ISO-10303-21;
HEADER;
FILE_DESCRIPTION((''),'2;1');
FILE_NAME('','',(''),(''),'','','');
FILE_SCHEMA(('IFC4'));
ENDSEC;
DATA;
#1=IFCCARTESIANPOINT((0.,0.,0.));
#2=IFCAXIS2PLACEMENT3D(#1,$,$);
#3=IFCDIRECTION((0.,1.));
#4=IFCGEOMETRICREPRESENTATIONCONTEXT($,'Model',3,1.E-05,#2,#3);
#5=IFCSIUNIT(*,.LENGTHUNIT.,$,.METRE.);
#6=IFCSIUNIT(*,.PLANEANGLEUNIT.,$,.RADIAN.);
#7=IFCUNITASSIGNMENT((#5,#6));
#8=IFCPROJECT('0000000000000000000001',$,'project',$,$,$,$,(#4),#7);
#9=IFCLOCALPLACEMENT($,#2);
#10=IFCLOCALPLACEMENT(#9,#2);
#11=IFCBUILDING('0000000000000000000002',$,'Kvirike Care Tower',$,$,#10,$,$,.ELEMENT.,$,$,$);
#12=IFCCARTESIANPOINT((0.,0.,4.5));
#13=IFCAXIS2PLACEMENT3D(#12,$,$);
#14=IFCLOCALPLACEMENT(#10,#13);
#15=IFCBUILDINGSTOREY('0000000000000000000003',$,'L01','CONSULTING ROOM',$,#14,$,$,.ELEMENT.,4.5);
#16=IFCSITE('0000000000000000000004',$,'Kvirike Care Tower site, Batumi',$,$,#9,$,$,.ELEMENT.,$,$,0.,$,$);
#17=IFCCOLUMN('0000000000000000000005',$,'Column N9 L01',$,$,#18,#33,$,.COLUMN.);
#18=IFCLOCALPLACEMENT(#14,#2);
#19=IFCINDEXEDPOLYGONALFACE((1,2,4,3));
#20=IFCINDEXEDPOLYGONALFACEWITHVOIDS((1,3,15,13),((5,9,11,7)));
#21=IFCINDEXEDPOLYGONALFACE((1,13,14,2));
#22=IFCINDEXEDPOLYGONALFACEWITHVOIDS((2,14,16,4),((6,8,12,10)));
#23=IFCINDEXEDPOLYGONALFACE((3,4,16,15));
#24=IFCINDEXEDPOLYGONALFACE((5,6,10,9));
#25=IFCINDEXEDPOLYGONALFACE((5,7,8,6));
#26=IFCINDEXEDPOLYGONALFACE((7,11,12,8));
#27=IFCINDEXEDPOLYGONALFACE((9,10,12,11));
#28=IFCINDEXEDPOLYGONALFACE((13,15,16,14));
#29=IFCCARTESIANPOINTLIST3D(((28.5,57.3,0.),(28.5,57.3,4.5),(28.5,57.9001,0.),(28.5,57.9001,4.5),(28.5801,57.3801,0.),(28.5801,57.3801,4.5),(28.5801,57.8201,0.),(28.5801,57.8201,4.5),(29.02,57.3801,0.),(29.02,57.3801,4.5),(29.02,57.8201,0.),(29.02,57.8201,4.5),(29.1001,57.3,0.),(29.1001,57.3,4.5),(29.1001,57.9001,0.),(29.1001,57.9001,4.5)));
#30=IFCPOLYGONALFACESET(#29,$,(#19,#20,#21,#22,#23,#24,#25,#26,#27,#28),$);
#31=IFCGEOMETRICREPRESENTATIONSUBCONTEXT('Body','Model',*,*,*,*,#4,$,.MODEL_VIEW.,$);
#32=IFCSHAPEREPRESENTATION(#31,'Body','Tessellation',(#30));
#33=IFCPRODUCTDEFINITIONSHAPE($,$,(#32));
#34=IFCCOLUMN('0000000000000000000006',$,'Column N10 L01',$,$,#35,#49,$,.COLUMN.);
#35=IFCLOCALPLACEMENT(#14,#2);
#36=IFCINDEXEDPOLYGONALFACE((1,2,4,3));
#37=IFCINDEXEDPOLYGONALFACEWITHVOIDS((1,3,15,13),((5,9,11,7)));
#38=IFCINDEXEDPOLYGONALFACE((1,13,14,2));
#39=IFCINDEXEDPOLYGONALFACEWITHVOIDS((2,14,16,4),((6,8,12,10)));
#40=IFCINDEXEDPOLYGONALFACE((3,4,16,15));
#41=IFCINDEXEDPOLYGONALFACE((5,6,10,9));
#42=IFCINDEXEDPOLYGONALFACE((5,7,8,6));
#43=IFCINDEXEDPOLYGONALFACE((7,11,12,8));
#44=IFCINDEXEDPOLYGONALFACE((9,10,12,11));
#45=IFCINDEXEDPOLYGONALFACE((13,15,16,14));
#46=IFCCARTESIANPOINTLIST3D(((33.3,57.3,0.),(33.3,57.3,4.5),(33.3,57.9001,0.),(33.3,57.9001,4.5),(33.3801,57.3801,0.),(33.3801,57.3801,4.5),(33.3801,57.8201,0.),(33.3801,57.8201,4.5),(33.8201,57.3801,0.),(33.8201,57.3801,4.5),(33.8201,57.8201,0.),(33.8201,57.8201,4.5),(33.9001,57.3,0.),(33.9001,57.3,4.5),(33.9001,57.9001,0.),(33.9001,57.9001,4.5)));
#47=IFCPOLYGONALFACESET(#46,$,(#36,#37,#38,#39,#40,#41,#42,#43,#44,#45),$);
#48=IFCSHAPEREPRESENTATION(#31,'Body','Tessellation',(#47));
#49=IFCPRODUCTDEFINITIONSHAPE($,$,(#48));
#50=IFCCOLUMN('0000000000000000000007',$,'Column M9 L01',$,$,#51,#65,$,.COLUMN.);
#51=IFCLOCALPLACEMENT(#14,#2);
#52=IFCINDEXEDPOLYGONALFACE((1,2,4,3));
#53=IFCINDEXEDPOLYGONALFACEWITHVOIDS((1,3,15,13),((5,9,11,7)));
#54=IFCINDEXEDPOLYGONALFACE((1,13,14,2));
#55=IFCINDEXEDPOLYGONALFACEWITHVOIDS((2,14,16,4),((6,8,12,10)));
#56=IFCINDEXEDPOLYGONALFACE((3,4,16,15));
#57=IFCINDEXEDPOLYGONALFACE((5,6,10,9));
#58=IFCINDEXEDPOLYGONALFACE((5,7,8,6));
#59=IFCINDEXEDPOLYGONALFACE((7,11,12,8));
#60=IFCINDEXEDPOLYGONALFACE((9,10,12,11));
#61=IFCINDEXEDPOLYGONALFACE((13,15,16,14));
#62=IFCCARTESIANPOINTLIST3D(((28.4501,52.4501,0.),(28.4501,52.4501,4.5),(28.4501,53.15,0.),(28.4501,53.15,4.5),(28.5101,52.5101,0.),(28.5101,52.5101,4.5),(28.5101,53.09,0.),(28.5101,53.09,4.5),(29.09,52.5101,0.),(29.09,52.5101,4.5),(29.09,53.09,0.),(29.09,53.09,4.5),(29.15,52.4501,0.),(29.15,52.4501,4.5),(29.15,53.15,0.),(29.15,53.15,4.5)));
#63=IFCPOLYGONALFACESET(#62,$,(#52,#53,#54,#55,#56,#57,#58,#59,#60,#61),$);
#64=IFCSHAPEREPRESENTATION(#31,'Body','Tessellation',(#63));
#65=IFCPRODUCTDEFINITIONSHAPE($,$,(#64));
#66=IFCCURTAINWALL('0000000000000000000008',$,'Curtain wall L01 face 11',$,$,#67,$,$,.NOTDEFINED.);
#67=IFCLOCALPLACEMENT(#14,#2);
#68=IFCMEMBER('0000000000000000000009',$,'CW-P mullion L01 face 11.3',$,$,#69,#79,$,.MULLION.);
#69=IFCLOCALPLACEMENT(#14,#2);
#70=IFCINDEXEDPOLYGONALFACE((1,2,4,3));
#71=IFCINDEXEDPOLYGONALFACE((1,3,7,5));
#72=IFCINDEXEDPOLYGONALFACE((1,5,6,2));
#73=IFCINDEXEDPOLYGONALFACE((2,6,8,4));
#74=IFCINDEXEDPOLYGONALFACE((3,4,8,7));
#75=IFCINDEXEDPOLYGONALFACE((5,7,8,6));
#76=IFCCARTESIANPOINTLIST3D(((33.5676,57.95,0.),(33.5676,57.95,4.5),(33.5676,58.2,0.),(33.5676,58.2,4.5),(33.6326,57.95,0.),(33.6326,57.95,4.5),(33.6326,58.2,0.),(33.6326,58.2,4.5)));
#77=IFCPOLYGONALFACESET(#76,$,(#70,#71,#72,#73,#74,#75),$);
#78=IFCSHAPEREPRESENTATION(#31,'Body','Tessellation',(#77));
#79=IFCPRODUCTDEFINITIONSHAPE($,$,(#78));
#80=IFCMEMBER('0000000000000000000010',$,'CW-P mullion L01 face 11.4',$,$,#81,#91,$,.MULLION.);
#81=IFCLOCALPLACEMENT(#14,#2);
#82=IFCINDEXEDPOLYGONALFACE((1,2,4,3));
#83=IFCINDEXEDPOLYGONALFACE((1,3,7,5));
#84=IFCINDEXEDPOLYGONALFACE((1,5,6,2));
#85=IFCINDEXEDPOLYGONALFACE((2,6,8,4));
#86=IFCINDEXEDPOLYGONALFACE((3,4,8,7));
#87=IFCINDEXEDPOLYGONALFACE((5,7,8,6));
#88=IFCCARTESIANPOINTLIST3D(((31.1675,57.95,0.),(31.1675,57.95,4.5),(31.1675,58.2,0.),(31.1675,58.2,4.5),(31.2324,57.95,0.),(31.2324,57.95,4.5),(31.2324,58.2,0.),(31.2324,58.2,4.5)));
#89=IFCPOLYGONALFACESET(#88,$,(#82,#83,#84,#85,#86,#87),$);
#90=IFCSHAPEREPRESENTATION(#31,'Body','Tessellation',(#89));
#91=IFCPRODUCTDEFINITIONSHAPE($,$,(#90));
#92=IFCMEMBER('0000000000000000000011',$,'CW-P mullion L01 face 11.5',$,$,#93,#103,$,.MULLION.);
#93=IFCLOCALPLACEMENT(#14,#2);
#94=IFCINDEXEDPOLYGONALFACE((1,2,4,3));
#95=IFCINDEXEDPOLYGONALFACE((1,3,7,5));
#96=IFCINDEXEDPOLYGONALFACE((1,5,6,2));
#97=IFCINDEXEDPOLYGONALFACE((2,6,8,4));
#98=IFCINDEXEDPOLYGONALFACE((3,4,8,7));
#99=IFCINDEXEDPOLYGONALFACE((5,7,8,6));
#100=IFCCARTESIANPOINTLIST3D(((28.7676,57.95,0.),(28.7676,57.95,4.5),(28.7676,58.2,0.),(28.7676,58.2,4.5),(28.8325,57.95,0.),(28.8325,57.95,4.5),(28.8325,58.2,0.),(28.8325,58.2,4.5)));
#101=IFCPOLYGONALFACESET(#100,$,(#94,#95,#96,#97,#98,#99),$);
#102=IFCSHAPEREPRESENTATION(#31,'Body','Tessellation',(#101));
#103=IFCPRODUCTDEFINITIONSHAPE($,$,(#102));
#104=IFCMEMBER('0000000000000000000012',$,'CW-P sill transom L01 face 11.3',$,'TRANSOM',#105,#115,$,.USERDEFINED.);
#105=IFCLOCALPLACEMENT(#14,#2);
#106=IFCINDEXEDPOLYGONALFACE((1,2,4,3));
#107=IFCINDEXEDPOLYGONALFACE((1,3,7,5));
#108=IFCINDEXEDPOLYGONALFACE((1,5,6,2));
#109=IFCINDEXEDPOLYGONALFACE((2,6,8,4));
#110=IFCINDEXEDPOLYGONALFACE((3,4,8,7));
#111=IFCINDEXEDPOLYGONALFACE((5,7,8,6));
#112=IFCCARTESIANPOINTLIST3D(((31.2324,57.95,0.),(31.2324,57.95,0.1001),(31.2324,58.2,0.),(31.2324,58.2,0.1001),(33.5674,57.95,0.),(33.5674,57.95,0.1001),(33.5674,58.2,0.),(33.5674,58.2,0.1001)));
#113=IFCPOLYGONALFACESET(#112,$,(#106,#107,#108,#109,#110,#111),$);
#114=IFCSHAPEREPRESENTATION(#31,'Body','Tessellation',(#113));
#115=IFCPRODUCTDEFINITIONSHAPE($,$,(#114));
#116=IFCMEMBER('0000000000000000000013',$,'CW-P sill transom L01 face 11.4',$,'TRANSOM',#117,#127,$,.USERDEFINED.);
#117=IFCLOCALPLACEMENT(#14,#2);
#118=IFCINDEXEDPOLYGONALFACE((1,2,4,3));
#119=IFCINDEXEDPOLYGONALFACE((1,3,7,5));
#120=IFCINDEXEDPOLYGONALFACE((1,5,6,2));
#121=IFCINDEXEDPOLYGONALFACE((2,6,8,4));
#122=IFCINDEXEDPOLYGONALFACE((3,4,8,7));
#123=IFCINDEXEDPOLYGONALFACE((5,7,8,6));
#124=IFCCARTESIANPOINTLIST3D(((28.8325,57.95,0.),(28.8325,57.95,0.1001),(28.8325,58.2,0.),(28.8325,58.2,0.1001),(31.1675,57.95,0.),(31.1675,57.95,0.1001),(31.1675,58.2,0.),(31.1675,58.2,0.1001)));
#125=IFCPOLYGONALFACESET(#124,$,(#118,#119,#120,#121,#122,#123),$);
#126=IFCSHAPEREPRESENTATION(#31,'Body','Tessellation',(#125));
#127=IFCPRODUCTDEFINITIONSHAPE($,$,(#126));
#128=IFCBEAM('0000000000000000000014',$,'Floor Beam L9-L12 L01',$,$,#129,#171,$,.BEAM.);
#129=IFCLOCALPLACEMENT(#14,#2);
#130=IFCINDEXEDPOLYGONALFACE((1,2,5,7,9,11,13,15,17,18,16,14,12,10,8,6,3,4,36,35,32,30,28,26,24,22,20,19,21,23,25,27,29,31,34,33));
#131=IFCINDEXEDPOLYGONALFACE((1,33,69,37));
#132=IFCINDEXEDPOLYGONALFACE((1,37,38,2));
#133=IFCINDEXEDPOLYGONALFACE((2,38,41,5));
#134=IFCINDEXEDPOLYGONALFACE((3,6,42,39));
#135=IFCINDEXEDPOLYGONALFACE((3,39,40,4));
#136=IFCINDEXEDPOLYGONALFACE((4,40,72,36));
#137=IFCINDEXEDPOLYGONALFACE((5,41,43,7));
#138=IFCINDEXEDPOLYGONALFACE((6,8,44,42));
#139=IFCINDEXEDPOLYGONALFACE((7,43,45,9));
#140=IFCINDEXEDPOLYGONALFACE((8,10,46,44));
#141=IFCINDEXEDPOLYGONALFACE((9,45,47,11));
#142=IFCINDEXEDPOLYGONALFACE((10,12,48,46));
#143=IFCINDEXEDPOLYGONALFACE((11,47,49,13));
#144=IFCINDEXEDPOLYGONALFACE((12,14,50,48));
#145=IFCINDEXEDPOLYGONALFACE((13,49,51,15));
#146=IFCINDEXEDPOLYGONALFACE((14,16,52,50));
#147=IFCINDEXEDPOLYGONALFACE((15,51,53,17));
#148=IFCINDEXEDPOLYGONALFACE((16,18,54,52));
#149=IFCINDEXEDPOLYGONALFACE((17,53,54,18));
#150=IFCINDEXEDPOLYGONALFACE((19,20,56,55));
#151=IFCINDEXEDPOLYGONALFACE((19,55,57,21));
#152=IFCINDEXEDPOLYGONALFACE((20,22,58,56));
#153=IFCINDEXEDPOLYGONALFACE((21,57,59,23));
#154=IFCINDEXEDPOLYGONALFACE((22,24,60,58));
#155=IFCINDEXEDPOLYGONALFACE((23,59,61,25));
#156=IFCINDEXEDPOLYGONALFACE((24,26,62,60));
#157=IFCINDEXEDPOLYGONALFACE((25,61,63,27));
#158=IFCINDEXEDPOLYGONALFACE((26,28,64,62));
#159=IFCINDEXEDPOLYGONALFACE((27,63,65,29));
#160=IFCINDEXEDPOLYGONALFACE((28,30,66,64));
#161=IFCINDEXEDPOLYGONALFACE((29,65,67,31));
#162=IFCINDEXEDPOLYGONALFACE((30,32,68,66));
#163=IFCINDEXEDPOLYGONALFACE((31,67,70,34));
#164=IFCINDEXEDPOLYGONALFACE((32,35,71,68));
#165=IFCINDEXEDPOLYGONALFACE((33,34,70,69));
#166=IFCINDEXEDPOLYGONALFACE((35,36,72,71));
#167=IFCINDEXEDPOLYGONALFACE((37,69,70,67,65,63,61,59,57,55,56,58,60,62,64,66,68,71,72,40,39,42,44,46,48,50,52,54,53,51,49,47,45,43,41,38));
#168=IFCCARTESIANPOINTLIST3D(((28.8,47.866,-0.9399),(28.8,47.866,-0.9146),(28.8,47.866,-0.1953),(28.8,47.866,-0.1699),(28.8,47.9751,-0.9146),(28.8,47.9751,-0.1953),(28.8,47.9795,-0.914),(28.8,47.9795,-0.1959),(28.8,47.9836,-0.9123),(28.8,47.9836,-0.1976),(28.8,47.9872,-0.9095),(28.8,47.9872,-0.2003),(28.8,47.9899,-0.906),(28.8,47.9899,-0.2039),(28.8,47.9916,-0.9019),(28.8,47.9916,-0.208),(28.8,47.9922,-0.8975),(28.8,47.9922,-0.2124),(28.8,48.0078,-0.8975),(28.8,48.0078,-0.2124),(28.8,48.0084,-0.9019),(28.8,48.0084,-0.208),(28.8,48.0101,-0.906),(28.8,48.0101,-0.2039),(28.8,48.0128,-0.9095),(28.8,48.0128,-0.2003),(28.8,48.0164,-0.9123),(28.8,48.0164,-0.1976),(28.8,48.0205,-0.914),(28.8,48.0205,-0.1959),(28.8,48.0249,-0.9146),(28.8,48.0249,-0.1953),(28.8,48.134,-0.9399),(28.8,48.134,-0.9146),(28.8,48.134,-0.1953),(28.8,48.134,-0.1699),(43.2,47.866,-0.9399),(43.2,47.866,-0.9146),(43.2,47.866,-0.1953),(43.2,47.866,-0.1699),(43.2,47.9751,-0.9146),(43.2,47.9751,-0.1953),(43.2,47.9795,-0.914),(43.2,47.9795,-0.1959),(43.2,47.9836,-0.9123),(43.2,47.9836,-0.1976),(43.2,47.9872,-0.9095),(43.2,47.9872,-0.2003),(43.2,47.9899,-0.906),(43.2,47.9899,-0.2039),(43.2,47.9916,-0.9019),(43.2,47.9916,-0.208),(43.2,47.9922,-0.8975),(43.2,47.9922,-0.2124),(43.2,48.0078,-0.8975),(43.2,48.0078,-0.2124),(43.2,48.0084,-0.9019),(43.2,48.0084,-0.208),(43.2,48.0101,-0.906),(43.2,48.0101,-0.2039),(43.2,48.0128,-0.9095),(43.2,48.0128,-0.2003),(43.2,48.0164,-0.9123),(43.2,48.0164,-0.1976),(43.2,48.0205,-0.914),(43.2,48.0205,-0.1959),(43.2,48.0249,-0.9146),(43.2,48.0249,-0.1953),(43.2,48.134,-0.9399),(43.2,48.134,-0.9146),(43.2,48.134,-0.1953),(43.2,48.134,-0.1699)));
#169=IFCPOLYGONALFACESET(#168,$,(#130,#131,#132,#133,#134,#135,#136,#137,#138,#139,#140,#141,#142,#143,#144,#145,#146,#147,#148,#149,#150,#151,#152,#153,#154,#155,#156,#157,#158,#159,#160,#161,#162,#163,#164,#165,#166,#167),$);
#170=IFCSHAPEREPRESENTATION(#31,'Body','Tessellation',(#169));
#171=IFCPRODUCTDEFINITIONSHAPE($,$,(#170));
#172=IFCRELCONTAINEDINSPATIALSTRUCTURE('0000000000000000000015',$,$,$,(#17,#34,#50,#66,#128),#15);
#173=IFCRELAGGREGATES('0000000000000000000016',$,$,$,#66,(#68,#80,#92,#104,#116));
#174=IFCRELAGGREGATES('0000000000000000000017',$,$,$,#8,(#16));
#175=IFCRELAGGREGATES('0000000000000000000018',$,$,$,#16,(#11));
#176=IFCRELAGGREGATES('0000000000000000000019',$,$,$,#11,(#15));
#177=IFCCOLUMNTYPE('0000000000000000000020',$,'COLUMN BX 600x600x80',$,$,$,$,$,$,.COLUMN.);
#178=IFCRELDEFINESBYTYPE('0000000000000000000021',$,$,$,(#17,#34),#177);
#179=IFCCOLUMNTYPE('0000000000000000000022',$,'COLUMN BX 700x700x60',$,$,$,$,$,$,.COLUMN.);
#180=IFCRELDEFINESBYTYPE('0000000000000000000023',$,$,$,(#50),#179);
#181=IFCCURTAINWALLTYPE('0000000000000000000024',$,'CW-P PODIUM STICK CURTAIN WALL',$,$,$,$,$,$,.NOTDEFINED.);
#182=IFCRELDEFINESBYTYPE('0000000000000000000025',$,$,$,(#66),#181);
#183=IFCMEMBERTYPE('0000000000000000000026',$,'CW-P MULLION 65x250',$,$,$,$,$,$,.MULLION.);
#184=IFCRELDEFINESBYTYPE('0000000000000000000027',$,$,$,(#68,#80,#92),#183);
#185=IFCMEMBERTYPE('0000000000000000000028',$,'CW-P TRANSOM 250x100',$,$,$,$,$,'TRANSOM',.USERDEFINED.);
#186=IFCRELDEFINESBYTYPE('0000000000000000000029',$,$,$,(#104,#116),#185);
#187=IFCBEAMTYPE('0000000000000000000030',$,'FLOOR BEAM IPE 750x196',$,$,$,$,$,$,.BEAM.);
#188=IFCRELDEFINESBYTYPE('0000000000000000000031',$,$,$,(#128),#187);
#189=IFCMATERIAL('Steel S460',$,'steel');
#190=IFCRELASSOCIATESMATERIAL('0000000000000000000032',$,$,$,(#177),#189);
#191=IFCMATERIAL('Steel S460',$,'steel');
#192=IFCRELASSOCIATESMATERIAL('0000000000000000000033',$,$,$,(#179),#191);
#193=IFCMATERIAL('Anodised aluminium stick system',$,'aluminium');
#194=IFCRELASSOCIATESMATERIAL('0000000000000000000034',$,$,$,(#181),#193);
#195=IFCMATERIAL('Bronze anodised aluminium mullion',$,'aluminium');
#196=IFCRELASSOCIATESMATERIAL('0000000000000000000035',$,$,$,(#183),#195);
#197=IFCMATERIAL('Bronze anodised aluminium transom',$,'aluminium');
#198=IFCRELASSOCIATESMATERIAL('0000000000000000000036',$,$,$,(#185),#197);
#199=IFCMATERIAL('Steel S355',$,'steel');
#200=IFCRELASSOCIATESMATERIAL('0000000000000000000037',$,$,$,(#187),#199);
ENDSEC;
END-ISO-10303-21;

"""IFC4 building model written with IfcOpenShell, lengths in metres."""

from ifc_helpers import new_model, si_unit, direction, frame, origin, origin_2d, place, context, subcontext, project, spatial, rectangle, hollow_rectangle, i_section, extrude, material, material_profile, profile_set, type_object, element, aggregate, save


model = new_model("IFC4")

# Units and contexts
model_context = context("Model", 3, precision=1e-05, world=origin(), true_north=direction((0.0, 1.0)))
body_context = subcontext(model_context, "Body", "Model", "MODEL_VIEW")
ifc_project = project(units=[si_unit("LENGTHUNIT", "METRE"), si_unit("PLANEANGLEUNIT", "RADIAN")], contexts=[model_context])

# Site, building, storey
site_placement = place(None, origin())
site = spatial("IfcSite", under=ifc_project, at=site_placement, Name="Kvirike Care Tower site, Batumi", CompositionType="ELEMENT", RefElevation=0.0)
building_placement = place(site_placement, origin())
building = spatial("IfcBuilding", under=site, at=building_placement, Name="Kvirike Care Tower", CompositionType="ELEMENT")
storey_placement = place(building_placement, frame((0.0, 0.0, 4.5)))
storey = spatial("IfcBuildingStorey", under=building, at=storey_placement, Name="L01", Description="CONSULTING ROOM", CompositionType="ELEMENT", Elevation=4.5)

# Columns
ifc_material_1 = material(Name="Steel S460", Category="steel")
ifc_material_profile_1 = material_profile(ifc_material_1, hollow_rectangle(XDim=0.6001, YDim=0.6001, WallThickness=0.0801, at=origin_2d()), Name="BX 600x600x80")
ifc_profile_set_1 = profile_set([ifc_material_profile_1], Name="Steel S460")
column_type_1 = type_object("IfcColumnType", Name="COLUMN BX 600x600x80", PredefinedType="COLUMN", material=ifc_profile_set_1)
for number, where, z_axis, x_axis, name in (
    (1, (28.8, 57.6001, 0.0), (0.0, 0.0, 1.0), (0.0, 1.0, 0.0), "Column N9 L01"),
    (2, (33.6001, 57.6001, 0.0), (0.0, 0.0, 1.0), (0.0, 1.0, 0.0), "Column N10 L01"),
):
    element("IfcColumn", number, at=place(storey_placement, frame(where, z_axis=z_axis, x_axis=x_axis)), inside=storey, type_object=column_type_1, Name=name, PredefinedType="COLUMN", context=body_context, shape_type="SweptSolid", body=[
        extrude(hollow_rectangle(XDim=0.6001, YDim=0.6001, WallThickness=0.0801, at=origin_2d()), origin(), (0.0, 0.0, 1.0), 4.5),
    ])
ifc_material_2 = material(Name="Steel S460", Category="steel")
ifc_material_profile_2 = material_profile(ifc_material_2, hollow_rectangle(XDim=0.7, YDim=0.7, WallThickness=0.0601, at=origin_2d()), Name="BX 700x700x60")
ifc_profile_set_2 = profile_set([ifc_material_profile_2], Name="Steel S460")
column_type_2 = type_object("IfcColumnType", Name="COLUMN BX 700x700x60", PredefinedType="COLUMN", material=ifc_profile_set_2)
column_placement = place(storey_placement, frame((28.8, 52.8, 0.0), z_axis=(0.0, 0.0, 1.0), x_axis=(1.0, 0.0, 0.0)))
element("IfcColumn", 3, at=column_placement, inside=storey, type_object=column_type_2, Name="Column M9 L01", PredefinedType="COLUMN", context=body_context, shape_type="SweptSolid", body=[
    extrude(hollow_rectangle(XDim=0.7, YDim=0.7, WallThickness=0.0601, at=origin_2d()), origin(), (0.0, 0.0, 1.0), 4.5),
])

# Curtain wall, members
ifc_material_3 = material(Name="Anodised aluminium stick system", Category="aluminium")
curtain_wall_type = type_object("IfcCurtainWallType", Name="CW-P PODIUM STICK CURTAIN WALL", PredefinedType="NOTDEFINED", material=ifc_material_3)
curtain_wall_placement = place(storey_placement, origin())
curtain_wall = element("IfcCurtainWall", 4, at=curtain_wall_placement, inside=storey, type_object=curtain_wall_type, Name="Curtain wall L01 face 11", PredefinedType="NOTDEFINED")
ifc_material_4 = material(Name="Bronze anodised aluminium mullion", Category="aluminium")
ifc_material_profile_3 = material_profile(ifc_material_4, rectangle(XDim=0.0649, YDim=0.25, at=origin_2d()), Name="CW-P MULLION 65x250")
ifc_profile_set_3 = profile_set([ifc_material_profile_3], Name="Bronze anodised aluminium mullion")
member_type_1 = type_object("IfcMemberType", Name="CW-P MULLION 65x250", PredefinedType="MULLION", material=ifc_profile_set_3)
member_1_placement = place(storey_placement, frame((33.6001, 58.075, 0.0), z_axis=(0.0, 0.0, 1.0), x_axis=(-1.0, 0.0, 0.0)))
member_1 = element("IfcMember", 5, at=member_1_placement, type_object=member_type_1, Name="CW-P mullion L01 face 11.3", PredefinedType="MULLION", context=body_context, shape_type="SweptSolid", body=[
    extrude(rectangle(XDim=0.0649, YDim=0.25, at=origin_2d()), origin(), (0.0, 0.0, 1.0), 4.5),
])
member_2_placement = place(storey_placement, frame((31.2, 58.075, 0.0), z_axis=(0.0, 0.0, 1.0), x_axis=(-1.0, 0.0, 0.0)))
member_2 = element("IfcMember", 6, at=member_2_placement, type_object=member_type_1, Name="CW-P mullion L01 face 11.4", PredefinedType="MULLION", context=body_context, shape_type="SweptSolid", body=[
    extrude(rectangle(XDim=0.0649, YDim=0.25, at=origin_2d()), origin(), (0.0, 0.0, 1.0), 4.5),
])
member_3_placement = place(storey_placement, frame((28.8, 58.075, 0.0), z_axis=(0.0, 0.0, 1.0), x_axis=(-1.0, 0.0, 0.0)))
member_3 = element("IfcMember", 7, at=member_3_placement, type_object=member_type_1, Name="CW-P mullion L01 face 11.5", PredefinedType="MULLION", context=body_context, shape_type="SweptSolid", body=[
    extrude(rectangle(XDim=0.0649, YDim=0.25, at=origin_2d()), origin(), (0.0, 0.0, 1.0), 4.5),
])
ifc_material_5 = material(Name="Bronze anodised aluminium transom", Category="aluminium")
ifc_material_profile_4 = material_profile(ifc_material_5, rectangle(XDim=0.25, YDim=0.1001, at=origin_2d()), Name="CW-P TRANSOM 250x100")
ifc_profile_set_4 = profile_set([ifc_material_profile_4], Name="Bronze anodised aluminium transom")
member_type_2 = type_object("IfcMemberType", Name="CW-P TRANSOM 250x100", ElementType="TRANSOM", PredefinedType="USERDEFINED", material=ifc_profile_set_4)
member_4_placement = place(storey_placement, frame((33.5674, 58.075, 0.05), z_axis=(-1.0, 0.0, 0.0), x_axis=(0.0, -1.0, 0.0)))
member_4 = element("IfcMember", 8, at=member_4_placement, type_object=member_type_2, Name="CW-P sill transom L01 face 11.3", ObjectType="TRANSOM", PredefinedType="USERDEFINED", context=body_context, shape_type="SweptSolid", body=[
    extrude(rectangle(XDim=0.25, YDim=0.1001, at=origin_2d()), origin(), (0.0, 0.0, 1.0), 2.335),
])
member_5_placement = place(storey_placement, frame((31.1675, 58.075, 0.05), z_axis=(-1.0, 0.0, 0.0), x_axis=(0.0, -1.0, 0.0)))
member_5 = element("IfcMember", 9, at=member_5_placement, type_object=member_type_2, Name="CW-P sill transom L01 face 11.4", ObjectType="TRANSOM", PredefinedType="USERDEFINED", context=body_context, shape_type="SweptSolid", body=[
    extrude(rectangle(XDim=0.25, YDim=0.1001, at=origin_2d()), origin(), (0.0, 0.0, 1.0), 2.335),
])

# Beam
ifc_material_6 = material(Name="Steel S355", Category="steel")
ifc_material_profile_5 = material_profile(ifc_material_6, i_section(OverallWidth=0.2681, OverallDepth=0.77, WebThickness=0.0156, FlangeThickness=0.0254, FilletRadius=0.0171, at=origin_2d()), Name="IPE 750x196")
ifc_profile_set_5 = profile_set([ifc_material_profile_5], Name="Steel S355")
beam_type_1 = type_object("IfcBeamType", Name="FLOOR BEAM IPE 750x196", PredefinedType="BEAM", material=ifc_profile_set_5)
beam_1_placement = place(storey_placement, frame((28.8, 48.0, -0.5549), z_axis=(1.0, 0.0, 0.0), x_axis=(0.0, 1.0, 0.0)))
element("IfcBeam", 10, at=beam_1_placement, inside=storey, type_object=beam_type_1, Name="Floor Beam L9-L12 L01", PredefinedType="BEAM", context=body_context, shape_type="SweptSolid", body=[
    extrude(i_section(OverallWidth=0.2681, OverallDepth=0.77, WebThickness=0.0156, FlangeThickness=0.0254, FilletRadius=0.0171, at=origin_2d()), origin(), (0.0, 0.0, 1.0), 14.3999),
])

aggregate(curtain_wall, [member_1, member_2, member_3, member_4, member_5])

save(model, "model.ifc")
